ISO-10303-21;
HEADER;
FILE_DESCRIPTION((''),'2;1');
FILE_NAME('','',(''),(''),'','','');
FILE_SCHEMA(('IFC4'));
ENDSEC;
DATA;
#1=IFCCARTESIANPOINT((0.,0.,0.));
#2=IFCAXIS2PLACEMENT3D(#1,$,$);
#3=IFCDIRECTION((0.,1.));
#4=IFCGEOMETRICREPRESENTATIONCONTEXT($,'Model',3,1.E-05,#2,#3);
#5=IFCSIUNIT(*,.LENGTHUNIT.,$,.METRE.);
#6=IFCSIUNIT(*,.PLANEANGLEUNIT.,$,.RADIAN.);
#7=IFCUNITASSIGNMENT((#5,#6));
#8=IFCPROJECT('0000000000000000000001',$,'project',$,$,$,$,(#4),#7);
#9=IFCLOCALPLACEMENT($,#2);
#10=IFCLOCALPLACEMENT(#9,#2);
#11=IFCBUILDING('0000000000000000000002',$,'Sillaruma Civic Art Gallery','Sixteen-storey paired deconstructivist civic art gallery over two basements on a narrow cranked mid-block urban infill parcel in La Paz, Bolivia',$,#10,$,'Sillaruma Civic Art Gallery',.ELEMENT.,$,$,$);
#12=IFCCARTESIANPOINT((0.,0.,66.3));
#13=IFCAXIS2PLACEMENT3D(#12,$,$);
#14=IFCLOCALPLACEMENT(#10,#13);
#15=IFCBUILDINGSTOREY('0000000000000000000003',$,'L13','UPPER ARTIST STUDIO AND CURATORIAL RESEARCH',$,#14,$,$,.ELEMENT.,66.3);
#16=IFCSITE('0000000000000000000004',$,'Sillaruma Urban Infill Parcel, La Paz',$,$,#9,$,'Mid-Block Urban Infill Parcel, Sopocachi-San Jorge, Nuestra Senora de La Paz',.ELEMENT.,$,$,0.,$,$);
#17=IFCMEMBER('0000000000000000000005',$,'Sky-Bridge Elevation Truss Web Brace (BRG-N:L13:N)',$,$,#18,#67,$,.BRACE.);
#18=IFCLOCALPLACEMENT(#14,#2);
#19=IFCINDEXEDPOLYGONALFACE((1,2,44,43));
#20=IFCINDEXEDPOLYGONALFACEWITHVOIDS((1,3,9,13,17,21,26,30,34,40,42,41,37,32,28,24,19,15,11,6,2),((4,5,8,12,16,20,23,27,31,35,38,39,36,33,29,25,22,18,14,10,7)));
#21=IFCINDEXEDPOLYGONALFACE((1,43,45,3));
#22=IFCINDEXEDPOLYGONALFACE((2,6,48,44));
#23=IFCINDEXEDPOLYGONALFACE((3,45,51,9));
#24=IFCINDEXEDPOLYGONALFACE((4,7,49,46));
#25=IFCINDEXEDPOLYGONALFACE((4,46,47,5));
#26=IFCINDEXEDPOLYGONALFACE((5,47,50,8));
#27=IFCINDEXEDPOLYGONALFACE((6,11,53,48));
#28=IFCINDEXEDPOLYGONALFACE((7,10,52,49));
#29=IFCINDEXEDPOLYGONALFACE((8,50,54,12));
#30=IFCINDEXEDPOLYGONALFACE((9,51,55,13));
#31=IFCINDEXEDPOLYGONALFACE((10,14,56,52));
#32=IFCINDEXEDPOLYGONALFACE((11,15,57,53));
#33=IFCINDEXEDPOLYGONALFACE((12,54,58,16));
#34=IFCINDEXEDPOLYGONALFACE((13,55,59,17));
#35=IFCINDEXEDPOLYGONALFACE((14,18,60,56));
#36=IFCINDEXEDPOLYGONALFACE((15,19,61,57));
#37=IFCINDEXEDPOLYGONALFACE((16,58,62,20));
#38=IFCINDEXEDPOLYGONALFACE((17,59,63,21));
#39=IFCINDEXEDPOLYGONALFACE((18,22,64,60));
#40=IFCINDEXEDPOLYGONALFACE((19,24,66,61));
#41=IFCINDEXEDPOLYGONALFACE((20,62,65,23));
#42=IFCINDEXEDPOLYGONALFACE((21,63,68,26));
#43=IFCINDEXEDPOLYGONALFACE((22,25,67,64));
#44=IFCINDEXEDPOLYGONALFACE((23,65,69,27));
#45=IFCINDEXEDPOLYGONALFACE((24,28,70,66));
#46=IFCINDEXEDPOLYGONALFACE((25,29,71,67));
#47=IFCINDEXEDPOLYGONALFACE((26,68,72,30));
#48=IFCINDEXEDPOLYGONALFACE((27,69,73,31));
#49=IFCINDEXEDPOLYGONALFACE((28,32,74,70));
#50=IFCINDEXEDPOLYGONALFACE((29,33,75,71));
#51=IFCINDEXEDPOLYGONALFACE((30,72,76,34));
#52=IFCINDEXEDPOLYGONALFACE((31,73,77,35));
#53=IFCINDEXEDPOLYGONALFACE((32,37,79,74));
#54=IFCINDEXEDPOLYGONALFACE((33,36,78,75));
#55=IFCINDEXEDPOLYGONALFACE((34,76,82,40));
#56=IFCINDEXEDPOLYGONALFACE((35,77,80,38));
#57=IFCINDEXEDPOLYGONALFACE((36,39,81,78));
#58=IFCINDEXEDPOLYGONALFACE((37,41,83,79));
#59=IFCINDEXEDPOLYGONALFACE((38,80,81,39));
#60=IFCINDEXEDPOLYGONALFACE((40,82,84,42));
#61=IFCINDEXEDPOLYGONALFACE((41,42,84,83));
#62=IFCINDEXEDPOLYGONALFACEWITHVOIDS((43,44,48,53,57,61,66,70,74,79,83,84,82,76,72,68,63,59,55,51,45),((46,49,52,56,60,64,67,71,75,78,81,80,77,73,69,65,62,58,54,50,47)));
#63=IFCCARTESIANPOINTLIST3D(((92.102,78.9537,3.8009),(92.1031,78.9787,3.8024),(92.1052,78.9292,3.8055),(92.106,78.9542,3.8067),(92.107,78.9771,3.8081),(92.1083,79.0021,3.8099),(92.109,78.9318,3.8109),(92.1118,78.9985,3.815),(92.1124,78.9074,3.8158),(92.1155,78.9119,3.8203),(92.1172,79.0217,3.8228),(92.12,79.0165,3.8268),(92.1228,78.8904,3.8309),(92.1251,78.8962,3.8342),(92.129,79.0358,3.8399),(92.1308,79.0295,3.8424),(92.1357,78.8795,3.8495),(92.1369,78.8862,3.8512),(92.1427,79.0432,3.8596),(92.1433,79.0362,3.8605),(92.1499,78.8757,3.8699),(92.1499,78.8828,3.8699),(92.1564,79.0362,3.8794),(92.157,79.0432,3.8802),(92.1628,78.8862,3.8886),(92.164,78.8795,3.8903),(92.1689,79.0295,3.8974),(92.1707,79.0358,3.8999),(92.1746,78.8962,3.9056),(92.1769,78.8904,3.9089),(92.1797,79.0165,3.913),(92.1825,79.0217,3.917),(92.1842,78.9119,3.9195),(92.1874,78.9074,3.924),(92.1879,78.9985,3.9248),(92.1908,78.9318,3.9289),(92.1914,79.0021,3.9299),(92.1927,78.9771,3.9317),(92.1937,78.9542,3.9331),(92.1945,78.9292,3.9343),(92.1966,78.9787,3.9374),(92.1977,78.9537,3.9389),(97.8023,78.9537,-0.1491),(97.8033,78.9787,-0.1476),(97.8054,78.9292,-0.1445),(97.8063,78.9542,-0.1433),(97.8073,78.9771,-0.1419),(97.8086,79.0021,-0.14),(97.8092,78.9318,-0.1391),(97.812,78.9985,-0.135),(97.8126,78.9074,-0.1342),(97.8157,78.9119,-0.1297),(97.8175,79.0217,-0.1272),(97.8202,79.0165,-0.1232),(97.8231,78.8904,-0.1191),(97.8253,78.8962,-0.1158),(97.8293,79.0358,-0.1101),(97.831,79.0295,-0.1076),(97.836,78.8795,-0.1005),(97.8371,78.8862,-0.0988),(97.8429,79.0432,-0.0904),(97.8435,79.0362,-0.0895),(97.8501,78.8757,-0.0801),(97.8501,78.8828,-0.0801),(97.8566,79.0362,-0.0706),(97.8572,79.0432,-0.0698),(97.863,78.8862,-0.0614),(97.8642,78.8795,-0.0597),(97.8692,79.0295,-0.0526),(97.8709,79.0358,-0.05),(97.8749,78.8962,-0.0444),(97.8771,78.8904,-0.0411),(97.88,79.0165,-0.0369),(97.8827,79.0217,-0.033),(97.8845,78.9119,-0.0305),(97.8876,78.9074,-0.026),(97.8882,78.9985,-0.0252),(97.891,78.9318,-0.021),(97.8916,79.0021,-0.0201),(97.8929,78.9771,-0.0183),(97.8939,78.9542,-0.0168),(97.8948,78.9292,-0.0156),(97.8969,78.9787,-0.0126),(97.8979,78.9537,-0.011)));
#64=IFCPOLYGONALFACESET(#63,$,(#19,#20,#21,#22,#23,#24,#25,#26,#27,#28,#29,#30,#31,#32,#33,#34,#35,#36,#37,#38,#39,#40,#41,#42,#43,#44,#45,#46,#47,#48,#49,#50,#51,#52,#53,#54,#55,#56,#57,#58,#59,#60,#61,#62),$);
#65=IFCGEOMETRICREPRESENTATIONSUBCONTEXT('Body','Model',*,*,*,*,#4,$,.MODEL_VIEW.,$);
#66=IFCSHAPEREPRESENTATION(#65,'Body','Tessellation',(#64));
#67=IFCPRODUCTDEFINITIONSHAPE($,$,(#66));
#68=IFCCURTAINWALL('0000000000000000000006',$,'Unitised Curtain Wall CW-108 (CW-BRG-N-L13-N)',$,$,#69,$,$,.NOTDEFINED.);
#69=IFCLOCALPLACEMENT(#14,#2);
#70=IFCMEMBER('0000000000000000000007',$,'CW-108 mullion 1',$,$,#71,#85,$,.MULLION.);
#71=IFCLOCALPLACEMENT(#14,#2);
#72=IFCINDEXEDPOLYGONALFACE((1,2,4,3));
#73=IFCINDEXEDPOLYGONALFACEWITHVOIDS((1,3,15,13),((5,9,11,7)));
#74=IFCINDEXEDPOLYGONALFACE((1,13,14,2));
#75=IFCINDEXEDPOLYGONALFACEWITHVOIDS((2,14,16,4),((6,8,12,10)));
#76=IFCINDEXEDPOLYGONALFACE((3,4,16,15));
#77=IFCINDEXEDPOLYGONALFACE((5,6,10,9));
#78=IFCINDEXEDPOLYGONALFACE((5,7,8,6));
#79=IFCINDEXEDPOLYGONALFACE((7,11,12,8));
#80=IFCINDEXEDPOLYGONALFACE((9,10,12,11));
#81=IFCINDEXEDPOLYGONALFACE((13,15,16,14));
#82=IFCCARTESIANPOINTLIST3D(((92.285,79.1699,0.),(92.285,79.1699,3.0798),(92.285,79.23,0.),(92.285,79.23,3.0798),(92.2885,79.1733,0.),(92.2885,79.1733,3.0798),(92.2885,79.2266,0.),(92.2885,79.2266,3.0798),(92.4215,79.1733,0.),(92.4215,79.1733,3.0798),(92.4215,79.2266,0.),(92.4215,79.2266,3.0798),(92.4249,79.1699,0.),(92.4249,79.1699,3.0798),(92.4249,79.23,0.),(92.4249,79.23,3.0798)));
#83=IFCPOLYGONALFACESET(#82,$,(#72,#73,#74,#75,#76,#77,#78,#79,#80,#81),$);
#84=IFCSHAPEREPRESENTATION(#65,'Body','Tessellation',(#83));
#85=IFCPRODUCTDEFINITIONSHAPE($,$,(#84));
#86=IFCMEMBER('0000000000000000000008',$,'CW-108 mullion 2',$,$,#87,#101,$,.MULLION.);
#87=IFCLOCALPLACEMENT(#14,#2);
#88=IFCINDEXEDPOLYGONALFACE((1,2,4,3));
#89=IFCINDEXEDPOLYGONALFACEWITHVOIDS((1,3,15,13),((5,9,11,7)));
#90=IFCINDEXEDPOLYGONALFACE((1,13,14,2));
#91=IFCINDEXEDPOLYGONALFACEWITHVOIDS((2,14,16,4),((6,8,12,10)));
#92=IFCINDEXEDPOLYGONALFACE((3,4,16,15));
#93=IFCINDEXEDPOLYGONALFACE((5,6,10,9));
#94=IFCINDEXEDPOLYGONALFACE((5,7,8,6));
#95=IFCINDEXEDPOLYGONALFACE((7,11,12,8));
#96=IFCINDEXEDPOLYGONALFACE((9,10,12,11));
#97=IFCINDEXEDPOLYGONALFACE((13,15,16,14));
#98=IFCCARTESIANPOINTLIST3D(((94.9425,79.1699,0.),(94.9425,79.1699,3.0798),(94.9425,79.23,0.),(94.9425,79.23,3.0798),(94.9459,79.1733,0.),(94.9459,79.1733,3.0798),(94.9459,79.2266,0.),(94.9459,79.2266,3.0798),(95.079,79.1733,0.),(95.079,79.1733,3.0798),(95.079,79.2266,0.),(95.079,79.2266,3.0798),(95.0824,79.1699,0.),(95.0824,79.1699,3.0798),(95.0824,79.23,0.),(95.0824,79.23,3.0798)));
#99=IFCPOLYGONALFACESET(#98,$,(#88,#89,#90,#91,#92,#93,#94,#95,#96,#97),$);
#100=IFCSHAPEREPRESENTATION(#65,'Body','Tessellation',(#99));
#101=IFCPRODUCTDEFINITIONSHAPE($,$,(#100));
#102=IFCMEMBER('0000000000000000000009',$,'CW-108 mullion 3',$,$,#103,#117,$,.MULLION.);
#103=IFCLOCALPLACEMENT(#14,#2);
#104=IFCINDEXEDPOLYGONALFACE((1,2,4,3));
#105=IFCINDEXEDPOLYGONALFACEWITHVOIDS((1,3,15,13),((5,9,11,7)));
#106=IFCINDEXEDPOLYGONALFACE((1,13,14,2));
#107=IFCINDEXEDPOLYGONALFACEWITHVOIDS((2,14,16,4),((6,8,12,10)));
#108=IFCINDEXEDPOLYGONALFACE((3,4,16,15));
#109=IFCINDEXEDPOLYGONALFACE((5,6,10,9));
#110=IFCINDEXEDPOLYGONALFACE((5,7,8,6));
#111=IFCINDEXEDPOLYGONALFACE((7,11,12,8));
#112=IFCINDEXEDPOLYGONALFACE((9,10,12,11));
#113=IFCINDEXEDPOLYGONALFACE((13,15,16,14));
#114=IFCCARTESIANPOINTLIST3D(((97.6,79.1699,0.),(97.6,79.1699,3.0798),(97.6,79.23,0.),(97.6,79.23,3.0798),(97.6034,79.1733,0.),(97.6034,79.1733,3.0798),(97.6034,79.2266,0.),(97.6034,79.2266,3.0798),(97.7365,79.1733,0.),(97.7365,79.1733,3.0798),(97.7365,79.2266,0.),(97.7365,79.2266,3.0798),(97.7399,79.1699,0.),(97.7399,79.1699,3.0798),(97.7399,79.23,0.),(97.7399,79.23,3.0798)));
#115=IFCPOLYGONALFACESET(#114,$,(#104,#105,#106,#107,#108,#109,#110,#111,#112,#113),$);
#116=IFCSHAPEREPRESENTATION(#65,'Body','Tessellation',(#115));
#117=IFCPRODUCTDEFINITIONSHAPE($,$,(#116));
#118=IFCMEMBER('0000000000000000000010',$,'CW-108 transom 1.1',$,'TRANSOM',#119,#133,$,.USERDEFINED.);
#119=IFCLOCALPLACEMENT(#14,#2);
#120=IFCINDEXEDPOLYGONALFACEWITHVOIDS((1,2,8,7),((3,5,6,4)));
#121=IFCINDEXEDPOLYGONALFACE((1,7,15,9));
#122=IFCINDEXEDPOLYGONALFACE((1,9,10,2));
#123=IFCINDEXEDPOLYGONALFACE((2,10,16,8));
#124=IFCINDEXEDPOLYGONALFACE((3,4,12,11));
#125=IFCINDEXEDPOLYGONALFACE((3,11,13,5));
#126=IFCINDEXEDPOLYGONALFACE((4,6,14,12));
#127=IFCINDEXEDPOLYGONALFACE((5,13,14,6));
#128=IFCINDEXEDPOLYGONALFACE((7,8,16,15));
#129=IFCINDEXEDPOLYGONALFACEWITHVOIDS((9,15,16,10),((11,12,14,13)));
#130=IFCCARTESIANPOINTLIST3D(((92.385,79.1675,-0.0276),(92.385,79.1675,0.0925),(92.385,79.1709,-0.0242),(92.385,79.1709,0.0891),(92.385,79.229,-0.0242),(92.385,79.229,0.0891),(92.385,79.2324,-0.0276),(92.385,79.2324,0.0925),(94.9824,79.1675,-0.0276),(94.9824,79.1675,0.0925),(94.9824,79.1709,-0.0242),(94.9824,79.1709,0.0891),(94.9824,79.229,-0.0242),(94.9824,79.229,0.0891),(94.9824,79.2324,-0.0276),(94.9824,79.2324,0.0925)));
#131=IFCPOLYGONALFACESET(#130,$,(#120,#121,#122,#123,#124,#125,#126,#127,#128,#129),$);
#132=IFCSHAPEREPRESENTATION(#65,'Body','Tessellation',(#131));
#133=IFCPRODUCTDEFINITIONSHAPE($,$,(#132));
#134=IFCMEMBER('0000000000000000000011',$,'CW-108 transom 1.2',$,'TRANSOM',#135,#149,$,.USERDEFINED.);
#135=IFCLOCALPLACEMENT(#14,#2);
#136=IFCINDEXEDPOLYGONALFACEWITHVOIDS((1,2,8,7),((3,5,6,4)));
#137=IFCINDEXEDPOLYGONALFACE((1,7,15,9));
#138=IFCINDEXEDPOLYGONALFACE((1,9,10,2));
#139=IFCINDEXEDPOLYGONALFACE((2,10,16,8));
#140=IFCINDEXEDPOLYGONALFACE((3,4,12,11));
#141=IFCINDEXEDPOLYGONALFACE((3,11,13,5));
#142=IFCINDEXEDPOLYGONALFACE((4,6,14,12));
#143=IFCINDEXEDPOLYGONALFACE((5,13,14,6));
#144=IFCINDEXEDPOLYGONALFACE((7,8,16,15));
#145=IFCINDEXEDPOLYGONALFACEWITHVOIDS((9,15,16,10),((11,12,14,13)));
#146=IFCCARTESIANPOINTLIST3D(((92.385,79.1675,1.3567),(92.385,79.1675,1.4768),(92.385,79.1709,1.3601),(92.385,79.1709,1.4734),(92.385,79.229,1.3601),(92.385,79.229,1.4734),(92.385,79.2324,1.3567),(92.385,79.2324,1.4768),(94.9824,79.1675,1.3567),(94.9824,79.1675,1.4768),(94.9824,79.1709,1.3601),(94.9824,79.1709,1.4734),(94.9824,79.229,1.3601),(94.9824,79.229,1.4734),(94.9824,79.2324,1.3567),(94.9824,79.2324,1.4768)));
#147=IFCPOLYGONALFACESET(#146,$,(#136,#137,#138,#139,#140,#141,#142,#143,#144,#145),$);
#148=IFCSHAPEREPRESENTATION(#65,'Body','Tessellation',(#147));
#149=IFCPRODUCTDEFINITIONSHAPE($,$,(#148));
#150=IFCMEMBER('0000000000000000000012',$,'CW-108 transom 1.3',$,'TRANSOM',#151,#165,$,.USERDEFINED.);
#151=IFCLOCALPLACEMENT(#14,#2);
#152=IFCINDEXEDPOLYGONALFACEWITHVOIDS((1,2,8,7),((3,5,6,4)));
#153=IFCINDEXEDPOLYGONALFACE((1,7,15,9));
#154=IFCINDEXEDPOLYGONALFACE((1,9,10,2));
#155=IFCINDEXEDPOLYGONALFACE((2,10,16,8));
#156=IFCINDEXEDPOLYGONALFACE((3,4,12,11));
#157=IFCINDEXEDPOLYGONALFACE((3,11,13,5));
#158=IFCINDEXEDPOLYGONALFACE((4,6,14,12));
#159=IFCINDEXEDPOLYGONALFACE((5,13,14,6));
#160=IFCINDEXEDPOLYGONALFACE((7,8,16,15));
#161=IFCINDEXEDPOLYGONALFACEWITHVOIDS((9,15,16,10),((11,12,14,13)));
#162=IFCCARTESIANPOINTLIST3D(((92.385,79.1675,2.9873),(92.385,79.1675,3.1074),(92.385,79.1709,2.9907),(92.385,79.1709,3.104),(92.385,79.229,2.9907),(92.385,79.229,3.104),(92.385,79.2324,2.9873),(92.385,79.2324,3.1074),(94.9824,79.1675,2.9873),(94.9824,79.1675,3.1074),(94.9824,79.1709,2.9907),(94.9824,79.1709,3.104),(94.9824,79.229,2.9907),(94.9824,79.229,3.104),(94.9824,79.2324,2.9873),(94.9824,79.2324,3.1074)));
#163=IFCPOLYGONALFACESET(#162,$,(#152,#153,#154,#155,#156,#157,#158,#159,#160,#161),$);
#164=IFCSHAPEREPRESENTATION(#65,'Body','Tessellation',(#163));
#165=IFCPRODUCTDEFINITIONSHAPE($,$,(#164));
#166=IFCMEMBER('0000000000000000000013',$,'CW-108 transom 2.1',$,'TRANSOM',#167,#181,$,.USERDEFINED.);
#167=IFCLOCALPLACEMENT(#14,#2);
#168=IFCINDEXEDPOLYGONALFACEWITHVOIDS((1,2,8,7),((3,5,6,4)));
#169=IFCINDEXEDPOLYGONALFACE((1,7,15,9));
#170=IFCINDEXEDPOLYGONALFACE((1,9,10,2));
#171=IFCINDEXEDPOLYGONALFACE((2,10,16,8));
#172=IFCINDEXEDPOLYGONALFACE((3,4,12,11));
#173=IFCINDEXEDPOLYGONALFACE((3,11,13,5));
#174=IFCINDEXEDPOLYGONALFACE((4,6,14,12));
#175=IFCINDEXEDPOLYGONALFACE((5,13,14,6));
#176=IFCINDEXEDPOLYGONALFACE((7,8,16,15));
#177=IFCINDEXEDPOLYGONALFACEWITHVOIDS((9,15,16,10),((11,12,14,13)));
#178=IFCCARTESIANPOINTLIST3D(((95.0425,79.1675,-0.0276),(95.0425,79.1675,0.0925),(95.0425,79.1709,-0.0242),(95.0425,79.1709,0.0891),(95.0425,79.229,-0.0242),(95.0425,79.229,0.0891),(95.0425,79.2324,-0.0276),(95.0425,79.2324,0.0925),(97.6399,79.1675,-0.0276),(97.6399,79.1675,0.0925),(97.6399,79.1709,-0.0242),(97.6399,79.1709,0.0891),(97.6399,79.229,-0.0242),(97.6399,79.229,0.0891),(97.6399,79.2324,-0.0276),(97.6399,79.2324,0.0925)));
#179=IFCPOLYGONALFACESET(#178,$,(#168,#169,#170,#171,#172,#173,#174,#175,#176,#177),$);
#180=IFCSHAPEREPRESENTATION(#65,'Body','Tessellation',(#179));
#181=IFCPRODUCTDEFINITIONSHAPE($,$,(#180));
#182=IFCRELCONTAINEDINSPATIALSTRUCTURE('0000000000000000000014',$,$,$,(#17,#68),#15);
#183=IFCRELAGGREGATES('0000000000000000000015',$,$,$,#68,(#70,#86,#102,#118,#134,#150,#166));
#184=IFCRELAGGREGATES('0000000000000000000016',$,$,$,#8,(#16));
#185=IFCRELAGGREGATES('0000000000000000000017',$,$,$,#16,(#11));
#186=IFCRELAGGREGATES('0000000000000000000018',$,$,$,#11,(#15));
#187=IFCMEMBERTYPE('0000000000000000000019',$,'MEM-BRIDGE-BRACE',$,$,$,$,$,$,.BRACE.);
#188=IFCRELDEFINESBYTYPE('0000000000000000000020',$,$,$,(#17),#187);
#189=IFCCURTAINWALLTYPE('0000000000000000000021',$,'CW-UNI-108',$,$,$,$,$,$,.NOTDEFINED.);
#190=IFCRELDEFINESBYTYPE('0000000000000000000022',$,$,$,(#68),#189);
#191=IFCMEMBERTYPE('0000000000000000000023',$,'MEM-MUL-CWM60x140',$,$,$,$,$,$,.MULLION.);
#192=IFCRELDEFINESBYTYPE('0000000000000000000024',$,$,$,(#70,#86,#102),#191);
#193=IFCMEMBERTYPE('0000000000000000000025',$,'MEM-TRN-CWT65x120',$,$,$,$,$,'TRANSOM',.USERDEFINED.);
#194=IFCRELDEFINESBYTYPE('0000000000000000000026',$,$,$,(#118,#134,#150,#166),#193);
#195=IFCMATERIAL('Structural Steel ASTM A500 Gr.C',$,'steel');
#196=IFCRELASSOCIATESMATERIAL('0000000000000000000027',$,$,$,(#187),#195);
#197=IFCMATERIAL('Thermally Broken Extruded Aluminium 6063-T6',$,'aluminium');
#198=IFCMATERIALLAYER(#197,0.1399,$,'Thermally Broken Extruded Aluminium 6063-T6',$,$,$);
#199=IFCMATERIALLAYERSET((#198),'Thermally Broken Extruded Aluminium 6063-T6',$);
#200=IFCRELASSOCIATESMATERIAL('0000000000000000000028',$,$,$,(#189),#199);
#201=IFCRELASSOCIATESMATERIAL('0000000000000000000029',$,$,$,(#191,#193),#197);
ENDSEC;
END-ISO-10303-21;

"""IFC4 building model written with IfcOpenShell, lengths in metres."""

from ifc_helpers import new_model, si_unit, direction, frame, origin, origin_2d, place, context, subcontext, project, spatial, hollow_rectangle, hollow_circle, extrude, material, layer, layer_set, material_profile, profile_set, type_object, element, aggregate, save


model = new_model("IFC4")

# Units and contexts
model_context = context("Model", 3, precision=1e-05, world=origin(), true_north=direction((0.0, 1.0)))
body_context = subcontext(model_context, "Body", "Model", "MODEL_VIEW")
ifc_project = project(units=[si_unit("LENGTHUNIT", "METRE"), si_unit("PLANEANGLEUNIT", "RADIAN")], contexts=[model_context])

# Site, building, storey
site_placement = place(None, origin())
site = spatial("IfcSite", under=ifc_project, at=site_placement, Name="Sillaruma Urban Infill Parcel, La Paz", LongName="Mid-Block Urban Infill Parcel, Sopocachi-San Jorge, Nuestra Senora de La Paz", CompositionType="ELEMENT", RefElevation=0.0)
building_placement = place(site_placement, origin())
building = spatial("IfcBuilding", under=site, at=building_placement, Name="Sillaruma Civic Art Gallery", Description="Sixteen-storey paired deconstructivist civic art gallery over two basements on a narrow cranked mid-block urban infill parcel in La Paz, Bolivia", LongName="Sillaruma Civic Art Gallery", CompositionType="ELEMENT")
storey_placement = place(building_placement, frame((0.0, 0.0, 66.3)))
storey = spatial("IfcBuildingStorey", under=building, at=storey_placement, Name="L13", Description="UPPER ARTIST STUDIO AND CURATORIAL RESEARCH", CompositionType="ELEMENT", Elevation=66.3)

# Member
ifc_material_1 = material(Name="Structural Steel ASTM A500 Gr.C", Category="steel")
ifc_material_profile_1 = material_profile(ifc_material_1, hollow_circle(Radius=0.0842, WallThickness=0.0071, at=origin_2d()), Name="CHS168.3x7.1")
ifc_profile_set_1 = profile_set([ifc_material_profile_1], Name="Structural Steel ASTM A500 Gr.C")
member_type_1 = type_object("IfcMemberType", Name="MEM-BRIDGE-BRACE", PredefinedType="BRACE", material=ifc_profile_set_1)
for number, where, z_axis, x_axis, name in (
    (1, (97.8501, 78.96, -0.0801), (-0.821945, 0.0, 0.569567), (0.0, -1.0, 0.0), "Sky-Bridge Elevation Truss Web Brace (BRG-N:L13:N)"),
):
    element("IfcMember", number, at=place(storey_placement, frame(where, z_axis=z_axis, x_axis=x_axis)), inside=storey, type_object=member_type_1, Name=name, PredefinedType="BRACE", context=body_context, shape_type="SweptSolid", body=[
        extrude(hollow_circle(Radius=0.0842, WallThickness=0.0071, at=origin_2d()), origin(), (0.0, 0.0, 1.0), 6.9351),
    ])

# Curtain wall, members
ifc_material_2 = material(Name="Thermally Broken Extruded Aluminium 6063-T6", Category="aluminium")
ifc_layer_1 = layer(ifc_material_2, 0.1399, Name="Thermally Broken Extruded Aluminium 6063-T6")
ifc_layer_set_1 = layer_set([ifc_layer_1], Name="Thermally Broken Extruded Aluminium 6063-T6")
curtain_wall_type = type_object("IfcCurtainWallType", Name="CW-UNI-108", PredefinedType="NOTDEFINED", material=ifc_layer_set_1)
curtain_wall_placement = place(storey_placement, origin())
curtain_wall = element("IfcCurtainWall", 2, at=curtain_wall_placement, inside=storey, type_object=curtain_wall_type, Name="Unitised Curtain Wall CW-108 (CW-BRG-N-L13-N)", PredefinedType="NOTDEFINED")
ifc_material_profile_2 = material_profile(ifc_material_2, hollow_rectangle(XDim=0.0601, YDim=0.1399, WallThickness=0.0034, at=origin_2d()), Name="CWM60x140")
ifc_profile_set_2 = profile_set([ifc_material_profile_2], Name="Thermally Broken Extruded Aluminium 6063-T6")
member_type_2 = type_object("IfcMemberType", Name="MEM-MUL-CWM60x140", PredefinedType="MULLION", material=ifc_profile_set_2)
member_1_placement = place(storey_placement, frame((92.355, 79.2, 0.0), z_axis=(0.0, 0.0, 1.0), x_axis=(0.0, 1.0, 0.0)))
member_1 = element("IfcMember", 3, at=member_1_placement, type_object=member_type_2, Name="CW-108 mullion 1", PredefinedType="MULLION", context=body_context, shape_type="SweptSolid", body=[
    extrude(hollow_rectangle(XDim=0.0601, YDim=0.1399, WallThickness=0.0034, at=origin_2d()), origin(), (0.0, 0.0, 1.0), 3.0798),
])
member_2_placement = place(storey_placement, frame((95.0125, 79.2, 0.0), z_axis=(0.0, 0.0, 1.0), x_axis=(0.0, 1.0, 0.0)))
member_2 = element("IfcMember", 4, at=member_2_placement, type_object=member_type_2, Name="CW-108 mullion 2", PredefinedType="MULLION", context=body_context, shape_type="SweptSolid", body=[
    extrude(hollow_rectangle(XDim=0.0601, YDim=0.1399, WallThickness=0.0034, at=origin_2d()), origin(), (0.0, 0.0, 1.0), 3.0798),
])
member_3_placement = place(storey_placement, frame((97.6699, 79.2, 0.0), z_axis=(0.0, 0.0, 1.0), x_axis=(0.0, 1.0, 0.0)))
member_3 = element("IfcMember", 5, at=member_3_placement, type_object=member_type_2, Name="CW-108 mullion 3", PredefinedType="MULLION", context=body_context, shape_type="SweptSolid", body=[
    extrude(hollow_rectangle(XDim=0.0601, YDim=0.1399, WallThickness=0.0034, at=origin_2d()), origin(), (0.0, 0.0, 1.0), 3.0798),
])
ifc_material_profile_3 = material_profile(ifc_material_2, hollow_rectangle(XDim=0.0649, YDim=0.1201, WallThickness=0.0034, at=origin_2d()), Name="CWT65x120")
ifc_profile_set_3 = profile_set([ifc_material_profile_3], Name="Thermally Broken Extruded Aluminium 6063-T6")
member_type_3 = type_object("IfcMemberType", Name="MEM-TRN-CWT65x120", ElementType="TRANSOM", PredefinedType="USERDEFINED", material=ifc_profile_set_3)
member_4_placement = place(storey_placement, frame((92.385, 79.2, 0.0325), z_axis=(1.0, 0.0, 0.0), x_axis=(0.0, 1.0, 0.0)))
member_4 = element("IfcMember", 6, at=member_4_placement, type_object=member_type_3, Name="CW-108 transom 1.1", ObjectType="TRANSOM", PredefinedType="USERDEFINED", context=body_context, shape_type="SweptSolid", body=[
    extrude(hollow_rectangle(XDim=0.0649, YDim=0.1201, WallThickness=0.0034, at=origin_2d()), origin(), (0.0, 0.0, 1.0), 2.5974),
])
member_5_placement = place(storey_placement, frame((92.385, 79.2, 1.4167), z_axis=(1.0, 0.0, 0.0), x_axis=(0.0, 1.0, 0.0)))
member_5 = element("IfcMember", 7, at=member_5_placement, type_object=member_type_3, Name="CW-108 transom 1.2", ObjectType="TRANSOM", PredefinedType="USERDEFINED", context=body_context, shape_type="SweptSolid", body=[
    extrude(hollow_rectangle(XDim=0.0649, YDim=0.1201, WallThickness=0.0034, at=origin_2d()), origin(), (0.0, 0.0, 1.0), 2.5974),
])
member_6_placement = place(storey_placement, frame((92.385, 79.2, 3.0474), z_axis=(1.0, 0.0, 0.0), x_axis=(0.0, 1.0, 0.0)))
member_6 = element("IfcMember", 8, at=member_6_placement, type_object=member_type_3, Name="CW-108 transom 1.3", ObjectType="TRANSOM", PredefinedType="USERDEFINED", context=body_context, shape_type="SweptSolid", body=[
    extrude(hollow_rectangle(XDim=0.0649, YDim=0.1201, WallThickness=0.0034, at=origin_2d()), origin(), (0.0, 0.0, 1.0), 2.5974),
])
member_7_placement = place(storey_placement, frame((95.0425, 79.2, 0.0325), z_axis=(1.0, 0.0, 0.0), x_axis=(0.0, 1.0, 0.0)))
member_7 = element("IfcMember", 9, at=member_7_placement, type_object=member_type_3, Name="CW-108 transom 2.1", ObjectType="TRANSOM", PredefinedType="USERDEFINED", context=body_context, shape_type="SweptSolid", body=[
    extrude(hollow_rectangle(XDim=0.0649, YDim=0.1201, WallThickness=0.0034, at=origin_2d()), origin(), (0.0, 0.0, 1.0), 2.5974),
])

aggregate(curtain_wall, [member_1, member_2, member_3, member_4, member_5, member_6, member_7])

save(model, "model.ifc")
